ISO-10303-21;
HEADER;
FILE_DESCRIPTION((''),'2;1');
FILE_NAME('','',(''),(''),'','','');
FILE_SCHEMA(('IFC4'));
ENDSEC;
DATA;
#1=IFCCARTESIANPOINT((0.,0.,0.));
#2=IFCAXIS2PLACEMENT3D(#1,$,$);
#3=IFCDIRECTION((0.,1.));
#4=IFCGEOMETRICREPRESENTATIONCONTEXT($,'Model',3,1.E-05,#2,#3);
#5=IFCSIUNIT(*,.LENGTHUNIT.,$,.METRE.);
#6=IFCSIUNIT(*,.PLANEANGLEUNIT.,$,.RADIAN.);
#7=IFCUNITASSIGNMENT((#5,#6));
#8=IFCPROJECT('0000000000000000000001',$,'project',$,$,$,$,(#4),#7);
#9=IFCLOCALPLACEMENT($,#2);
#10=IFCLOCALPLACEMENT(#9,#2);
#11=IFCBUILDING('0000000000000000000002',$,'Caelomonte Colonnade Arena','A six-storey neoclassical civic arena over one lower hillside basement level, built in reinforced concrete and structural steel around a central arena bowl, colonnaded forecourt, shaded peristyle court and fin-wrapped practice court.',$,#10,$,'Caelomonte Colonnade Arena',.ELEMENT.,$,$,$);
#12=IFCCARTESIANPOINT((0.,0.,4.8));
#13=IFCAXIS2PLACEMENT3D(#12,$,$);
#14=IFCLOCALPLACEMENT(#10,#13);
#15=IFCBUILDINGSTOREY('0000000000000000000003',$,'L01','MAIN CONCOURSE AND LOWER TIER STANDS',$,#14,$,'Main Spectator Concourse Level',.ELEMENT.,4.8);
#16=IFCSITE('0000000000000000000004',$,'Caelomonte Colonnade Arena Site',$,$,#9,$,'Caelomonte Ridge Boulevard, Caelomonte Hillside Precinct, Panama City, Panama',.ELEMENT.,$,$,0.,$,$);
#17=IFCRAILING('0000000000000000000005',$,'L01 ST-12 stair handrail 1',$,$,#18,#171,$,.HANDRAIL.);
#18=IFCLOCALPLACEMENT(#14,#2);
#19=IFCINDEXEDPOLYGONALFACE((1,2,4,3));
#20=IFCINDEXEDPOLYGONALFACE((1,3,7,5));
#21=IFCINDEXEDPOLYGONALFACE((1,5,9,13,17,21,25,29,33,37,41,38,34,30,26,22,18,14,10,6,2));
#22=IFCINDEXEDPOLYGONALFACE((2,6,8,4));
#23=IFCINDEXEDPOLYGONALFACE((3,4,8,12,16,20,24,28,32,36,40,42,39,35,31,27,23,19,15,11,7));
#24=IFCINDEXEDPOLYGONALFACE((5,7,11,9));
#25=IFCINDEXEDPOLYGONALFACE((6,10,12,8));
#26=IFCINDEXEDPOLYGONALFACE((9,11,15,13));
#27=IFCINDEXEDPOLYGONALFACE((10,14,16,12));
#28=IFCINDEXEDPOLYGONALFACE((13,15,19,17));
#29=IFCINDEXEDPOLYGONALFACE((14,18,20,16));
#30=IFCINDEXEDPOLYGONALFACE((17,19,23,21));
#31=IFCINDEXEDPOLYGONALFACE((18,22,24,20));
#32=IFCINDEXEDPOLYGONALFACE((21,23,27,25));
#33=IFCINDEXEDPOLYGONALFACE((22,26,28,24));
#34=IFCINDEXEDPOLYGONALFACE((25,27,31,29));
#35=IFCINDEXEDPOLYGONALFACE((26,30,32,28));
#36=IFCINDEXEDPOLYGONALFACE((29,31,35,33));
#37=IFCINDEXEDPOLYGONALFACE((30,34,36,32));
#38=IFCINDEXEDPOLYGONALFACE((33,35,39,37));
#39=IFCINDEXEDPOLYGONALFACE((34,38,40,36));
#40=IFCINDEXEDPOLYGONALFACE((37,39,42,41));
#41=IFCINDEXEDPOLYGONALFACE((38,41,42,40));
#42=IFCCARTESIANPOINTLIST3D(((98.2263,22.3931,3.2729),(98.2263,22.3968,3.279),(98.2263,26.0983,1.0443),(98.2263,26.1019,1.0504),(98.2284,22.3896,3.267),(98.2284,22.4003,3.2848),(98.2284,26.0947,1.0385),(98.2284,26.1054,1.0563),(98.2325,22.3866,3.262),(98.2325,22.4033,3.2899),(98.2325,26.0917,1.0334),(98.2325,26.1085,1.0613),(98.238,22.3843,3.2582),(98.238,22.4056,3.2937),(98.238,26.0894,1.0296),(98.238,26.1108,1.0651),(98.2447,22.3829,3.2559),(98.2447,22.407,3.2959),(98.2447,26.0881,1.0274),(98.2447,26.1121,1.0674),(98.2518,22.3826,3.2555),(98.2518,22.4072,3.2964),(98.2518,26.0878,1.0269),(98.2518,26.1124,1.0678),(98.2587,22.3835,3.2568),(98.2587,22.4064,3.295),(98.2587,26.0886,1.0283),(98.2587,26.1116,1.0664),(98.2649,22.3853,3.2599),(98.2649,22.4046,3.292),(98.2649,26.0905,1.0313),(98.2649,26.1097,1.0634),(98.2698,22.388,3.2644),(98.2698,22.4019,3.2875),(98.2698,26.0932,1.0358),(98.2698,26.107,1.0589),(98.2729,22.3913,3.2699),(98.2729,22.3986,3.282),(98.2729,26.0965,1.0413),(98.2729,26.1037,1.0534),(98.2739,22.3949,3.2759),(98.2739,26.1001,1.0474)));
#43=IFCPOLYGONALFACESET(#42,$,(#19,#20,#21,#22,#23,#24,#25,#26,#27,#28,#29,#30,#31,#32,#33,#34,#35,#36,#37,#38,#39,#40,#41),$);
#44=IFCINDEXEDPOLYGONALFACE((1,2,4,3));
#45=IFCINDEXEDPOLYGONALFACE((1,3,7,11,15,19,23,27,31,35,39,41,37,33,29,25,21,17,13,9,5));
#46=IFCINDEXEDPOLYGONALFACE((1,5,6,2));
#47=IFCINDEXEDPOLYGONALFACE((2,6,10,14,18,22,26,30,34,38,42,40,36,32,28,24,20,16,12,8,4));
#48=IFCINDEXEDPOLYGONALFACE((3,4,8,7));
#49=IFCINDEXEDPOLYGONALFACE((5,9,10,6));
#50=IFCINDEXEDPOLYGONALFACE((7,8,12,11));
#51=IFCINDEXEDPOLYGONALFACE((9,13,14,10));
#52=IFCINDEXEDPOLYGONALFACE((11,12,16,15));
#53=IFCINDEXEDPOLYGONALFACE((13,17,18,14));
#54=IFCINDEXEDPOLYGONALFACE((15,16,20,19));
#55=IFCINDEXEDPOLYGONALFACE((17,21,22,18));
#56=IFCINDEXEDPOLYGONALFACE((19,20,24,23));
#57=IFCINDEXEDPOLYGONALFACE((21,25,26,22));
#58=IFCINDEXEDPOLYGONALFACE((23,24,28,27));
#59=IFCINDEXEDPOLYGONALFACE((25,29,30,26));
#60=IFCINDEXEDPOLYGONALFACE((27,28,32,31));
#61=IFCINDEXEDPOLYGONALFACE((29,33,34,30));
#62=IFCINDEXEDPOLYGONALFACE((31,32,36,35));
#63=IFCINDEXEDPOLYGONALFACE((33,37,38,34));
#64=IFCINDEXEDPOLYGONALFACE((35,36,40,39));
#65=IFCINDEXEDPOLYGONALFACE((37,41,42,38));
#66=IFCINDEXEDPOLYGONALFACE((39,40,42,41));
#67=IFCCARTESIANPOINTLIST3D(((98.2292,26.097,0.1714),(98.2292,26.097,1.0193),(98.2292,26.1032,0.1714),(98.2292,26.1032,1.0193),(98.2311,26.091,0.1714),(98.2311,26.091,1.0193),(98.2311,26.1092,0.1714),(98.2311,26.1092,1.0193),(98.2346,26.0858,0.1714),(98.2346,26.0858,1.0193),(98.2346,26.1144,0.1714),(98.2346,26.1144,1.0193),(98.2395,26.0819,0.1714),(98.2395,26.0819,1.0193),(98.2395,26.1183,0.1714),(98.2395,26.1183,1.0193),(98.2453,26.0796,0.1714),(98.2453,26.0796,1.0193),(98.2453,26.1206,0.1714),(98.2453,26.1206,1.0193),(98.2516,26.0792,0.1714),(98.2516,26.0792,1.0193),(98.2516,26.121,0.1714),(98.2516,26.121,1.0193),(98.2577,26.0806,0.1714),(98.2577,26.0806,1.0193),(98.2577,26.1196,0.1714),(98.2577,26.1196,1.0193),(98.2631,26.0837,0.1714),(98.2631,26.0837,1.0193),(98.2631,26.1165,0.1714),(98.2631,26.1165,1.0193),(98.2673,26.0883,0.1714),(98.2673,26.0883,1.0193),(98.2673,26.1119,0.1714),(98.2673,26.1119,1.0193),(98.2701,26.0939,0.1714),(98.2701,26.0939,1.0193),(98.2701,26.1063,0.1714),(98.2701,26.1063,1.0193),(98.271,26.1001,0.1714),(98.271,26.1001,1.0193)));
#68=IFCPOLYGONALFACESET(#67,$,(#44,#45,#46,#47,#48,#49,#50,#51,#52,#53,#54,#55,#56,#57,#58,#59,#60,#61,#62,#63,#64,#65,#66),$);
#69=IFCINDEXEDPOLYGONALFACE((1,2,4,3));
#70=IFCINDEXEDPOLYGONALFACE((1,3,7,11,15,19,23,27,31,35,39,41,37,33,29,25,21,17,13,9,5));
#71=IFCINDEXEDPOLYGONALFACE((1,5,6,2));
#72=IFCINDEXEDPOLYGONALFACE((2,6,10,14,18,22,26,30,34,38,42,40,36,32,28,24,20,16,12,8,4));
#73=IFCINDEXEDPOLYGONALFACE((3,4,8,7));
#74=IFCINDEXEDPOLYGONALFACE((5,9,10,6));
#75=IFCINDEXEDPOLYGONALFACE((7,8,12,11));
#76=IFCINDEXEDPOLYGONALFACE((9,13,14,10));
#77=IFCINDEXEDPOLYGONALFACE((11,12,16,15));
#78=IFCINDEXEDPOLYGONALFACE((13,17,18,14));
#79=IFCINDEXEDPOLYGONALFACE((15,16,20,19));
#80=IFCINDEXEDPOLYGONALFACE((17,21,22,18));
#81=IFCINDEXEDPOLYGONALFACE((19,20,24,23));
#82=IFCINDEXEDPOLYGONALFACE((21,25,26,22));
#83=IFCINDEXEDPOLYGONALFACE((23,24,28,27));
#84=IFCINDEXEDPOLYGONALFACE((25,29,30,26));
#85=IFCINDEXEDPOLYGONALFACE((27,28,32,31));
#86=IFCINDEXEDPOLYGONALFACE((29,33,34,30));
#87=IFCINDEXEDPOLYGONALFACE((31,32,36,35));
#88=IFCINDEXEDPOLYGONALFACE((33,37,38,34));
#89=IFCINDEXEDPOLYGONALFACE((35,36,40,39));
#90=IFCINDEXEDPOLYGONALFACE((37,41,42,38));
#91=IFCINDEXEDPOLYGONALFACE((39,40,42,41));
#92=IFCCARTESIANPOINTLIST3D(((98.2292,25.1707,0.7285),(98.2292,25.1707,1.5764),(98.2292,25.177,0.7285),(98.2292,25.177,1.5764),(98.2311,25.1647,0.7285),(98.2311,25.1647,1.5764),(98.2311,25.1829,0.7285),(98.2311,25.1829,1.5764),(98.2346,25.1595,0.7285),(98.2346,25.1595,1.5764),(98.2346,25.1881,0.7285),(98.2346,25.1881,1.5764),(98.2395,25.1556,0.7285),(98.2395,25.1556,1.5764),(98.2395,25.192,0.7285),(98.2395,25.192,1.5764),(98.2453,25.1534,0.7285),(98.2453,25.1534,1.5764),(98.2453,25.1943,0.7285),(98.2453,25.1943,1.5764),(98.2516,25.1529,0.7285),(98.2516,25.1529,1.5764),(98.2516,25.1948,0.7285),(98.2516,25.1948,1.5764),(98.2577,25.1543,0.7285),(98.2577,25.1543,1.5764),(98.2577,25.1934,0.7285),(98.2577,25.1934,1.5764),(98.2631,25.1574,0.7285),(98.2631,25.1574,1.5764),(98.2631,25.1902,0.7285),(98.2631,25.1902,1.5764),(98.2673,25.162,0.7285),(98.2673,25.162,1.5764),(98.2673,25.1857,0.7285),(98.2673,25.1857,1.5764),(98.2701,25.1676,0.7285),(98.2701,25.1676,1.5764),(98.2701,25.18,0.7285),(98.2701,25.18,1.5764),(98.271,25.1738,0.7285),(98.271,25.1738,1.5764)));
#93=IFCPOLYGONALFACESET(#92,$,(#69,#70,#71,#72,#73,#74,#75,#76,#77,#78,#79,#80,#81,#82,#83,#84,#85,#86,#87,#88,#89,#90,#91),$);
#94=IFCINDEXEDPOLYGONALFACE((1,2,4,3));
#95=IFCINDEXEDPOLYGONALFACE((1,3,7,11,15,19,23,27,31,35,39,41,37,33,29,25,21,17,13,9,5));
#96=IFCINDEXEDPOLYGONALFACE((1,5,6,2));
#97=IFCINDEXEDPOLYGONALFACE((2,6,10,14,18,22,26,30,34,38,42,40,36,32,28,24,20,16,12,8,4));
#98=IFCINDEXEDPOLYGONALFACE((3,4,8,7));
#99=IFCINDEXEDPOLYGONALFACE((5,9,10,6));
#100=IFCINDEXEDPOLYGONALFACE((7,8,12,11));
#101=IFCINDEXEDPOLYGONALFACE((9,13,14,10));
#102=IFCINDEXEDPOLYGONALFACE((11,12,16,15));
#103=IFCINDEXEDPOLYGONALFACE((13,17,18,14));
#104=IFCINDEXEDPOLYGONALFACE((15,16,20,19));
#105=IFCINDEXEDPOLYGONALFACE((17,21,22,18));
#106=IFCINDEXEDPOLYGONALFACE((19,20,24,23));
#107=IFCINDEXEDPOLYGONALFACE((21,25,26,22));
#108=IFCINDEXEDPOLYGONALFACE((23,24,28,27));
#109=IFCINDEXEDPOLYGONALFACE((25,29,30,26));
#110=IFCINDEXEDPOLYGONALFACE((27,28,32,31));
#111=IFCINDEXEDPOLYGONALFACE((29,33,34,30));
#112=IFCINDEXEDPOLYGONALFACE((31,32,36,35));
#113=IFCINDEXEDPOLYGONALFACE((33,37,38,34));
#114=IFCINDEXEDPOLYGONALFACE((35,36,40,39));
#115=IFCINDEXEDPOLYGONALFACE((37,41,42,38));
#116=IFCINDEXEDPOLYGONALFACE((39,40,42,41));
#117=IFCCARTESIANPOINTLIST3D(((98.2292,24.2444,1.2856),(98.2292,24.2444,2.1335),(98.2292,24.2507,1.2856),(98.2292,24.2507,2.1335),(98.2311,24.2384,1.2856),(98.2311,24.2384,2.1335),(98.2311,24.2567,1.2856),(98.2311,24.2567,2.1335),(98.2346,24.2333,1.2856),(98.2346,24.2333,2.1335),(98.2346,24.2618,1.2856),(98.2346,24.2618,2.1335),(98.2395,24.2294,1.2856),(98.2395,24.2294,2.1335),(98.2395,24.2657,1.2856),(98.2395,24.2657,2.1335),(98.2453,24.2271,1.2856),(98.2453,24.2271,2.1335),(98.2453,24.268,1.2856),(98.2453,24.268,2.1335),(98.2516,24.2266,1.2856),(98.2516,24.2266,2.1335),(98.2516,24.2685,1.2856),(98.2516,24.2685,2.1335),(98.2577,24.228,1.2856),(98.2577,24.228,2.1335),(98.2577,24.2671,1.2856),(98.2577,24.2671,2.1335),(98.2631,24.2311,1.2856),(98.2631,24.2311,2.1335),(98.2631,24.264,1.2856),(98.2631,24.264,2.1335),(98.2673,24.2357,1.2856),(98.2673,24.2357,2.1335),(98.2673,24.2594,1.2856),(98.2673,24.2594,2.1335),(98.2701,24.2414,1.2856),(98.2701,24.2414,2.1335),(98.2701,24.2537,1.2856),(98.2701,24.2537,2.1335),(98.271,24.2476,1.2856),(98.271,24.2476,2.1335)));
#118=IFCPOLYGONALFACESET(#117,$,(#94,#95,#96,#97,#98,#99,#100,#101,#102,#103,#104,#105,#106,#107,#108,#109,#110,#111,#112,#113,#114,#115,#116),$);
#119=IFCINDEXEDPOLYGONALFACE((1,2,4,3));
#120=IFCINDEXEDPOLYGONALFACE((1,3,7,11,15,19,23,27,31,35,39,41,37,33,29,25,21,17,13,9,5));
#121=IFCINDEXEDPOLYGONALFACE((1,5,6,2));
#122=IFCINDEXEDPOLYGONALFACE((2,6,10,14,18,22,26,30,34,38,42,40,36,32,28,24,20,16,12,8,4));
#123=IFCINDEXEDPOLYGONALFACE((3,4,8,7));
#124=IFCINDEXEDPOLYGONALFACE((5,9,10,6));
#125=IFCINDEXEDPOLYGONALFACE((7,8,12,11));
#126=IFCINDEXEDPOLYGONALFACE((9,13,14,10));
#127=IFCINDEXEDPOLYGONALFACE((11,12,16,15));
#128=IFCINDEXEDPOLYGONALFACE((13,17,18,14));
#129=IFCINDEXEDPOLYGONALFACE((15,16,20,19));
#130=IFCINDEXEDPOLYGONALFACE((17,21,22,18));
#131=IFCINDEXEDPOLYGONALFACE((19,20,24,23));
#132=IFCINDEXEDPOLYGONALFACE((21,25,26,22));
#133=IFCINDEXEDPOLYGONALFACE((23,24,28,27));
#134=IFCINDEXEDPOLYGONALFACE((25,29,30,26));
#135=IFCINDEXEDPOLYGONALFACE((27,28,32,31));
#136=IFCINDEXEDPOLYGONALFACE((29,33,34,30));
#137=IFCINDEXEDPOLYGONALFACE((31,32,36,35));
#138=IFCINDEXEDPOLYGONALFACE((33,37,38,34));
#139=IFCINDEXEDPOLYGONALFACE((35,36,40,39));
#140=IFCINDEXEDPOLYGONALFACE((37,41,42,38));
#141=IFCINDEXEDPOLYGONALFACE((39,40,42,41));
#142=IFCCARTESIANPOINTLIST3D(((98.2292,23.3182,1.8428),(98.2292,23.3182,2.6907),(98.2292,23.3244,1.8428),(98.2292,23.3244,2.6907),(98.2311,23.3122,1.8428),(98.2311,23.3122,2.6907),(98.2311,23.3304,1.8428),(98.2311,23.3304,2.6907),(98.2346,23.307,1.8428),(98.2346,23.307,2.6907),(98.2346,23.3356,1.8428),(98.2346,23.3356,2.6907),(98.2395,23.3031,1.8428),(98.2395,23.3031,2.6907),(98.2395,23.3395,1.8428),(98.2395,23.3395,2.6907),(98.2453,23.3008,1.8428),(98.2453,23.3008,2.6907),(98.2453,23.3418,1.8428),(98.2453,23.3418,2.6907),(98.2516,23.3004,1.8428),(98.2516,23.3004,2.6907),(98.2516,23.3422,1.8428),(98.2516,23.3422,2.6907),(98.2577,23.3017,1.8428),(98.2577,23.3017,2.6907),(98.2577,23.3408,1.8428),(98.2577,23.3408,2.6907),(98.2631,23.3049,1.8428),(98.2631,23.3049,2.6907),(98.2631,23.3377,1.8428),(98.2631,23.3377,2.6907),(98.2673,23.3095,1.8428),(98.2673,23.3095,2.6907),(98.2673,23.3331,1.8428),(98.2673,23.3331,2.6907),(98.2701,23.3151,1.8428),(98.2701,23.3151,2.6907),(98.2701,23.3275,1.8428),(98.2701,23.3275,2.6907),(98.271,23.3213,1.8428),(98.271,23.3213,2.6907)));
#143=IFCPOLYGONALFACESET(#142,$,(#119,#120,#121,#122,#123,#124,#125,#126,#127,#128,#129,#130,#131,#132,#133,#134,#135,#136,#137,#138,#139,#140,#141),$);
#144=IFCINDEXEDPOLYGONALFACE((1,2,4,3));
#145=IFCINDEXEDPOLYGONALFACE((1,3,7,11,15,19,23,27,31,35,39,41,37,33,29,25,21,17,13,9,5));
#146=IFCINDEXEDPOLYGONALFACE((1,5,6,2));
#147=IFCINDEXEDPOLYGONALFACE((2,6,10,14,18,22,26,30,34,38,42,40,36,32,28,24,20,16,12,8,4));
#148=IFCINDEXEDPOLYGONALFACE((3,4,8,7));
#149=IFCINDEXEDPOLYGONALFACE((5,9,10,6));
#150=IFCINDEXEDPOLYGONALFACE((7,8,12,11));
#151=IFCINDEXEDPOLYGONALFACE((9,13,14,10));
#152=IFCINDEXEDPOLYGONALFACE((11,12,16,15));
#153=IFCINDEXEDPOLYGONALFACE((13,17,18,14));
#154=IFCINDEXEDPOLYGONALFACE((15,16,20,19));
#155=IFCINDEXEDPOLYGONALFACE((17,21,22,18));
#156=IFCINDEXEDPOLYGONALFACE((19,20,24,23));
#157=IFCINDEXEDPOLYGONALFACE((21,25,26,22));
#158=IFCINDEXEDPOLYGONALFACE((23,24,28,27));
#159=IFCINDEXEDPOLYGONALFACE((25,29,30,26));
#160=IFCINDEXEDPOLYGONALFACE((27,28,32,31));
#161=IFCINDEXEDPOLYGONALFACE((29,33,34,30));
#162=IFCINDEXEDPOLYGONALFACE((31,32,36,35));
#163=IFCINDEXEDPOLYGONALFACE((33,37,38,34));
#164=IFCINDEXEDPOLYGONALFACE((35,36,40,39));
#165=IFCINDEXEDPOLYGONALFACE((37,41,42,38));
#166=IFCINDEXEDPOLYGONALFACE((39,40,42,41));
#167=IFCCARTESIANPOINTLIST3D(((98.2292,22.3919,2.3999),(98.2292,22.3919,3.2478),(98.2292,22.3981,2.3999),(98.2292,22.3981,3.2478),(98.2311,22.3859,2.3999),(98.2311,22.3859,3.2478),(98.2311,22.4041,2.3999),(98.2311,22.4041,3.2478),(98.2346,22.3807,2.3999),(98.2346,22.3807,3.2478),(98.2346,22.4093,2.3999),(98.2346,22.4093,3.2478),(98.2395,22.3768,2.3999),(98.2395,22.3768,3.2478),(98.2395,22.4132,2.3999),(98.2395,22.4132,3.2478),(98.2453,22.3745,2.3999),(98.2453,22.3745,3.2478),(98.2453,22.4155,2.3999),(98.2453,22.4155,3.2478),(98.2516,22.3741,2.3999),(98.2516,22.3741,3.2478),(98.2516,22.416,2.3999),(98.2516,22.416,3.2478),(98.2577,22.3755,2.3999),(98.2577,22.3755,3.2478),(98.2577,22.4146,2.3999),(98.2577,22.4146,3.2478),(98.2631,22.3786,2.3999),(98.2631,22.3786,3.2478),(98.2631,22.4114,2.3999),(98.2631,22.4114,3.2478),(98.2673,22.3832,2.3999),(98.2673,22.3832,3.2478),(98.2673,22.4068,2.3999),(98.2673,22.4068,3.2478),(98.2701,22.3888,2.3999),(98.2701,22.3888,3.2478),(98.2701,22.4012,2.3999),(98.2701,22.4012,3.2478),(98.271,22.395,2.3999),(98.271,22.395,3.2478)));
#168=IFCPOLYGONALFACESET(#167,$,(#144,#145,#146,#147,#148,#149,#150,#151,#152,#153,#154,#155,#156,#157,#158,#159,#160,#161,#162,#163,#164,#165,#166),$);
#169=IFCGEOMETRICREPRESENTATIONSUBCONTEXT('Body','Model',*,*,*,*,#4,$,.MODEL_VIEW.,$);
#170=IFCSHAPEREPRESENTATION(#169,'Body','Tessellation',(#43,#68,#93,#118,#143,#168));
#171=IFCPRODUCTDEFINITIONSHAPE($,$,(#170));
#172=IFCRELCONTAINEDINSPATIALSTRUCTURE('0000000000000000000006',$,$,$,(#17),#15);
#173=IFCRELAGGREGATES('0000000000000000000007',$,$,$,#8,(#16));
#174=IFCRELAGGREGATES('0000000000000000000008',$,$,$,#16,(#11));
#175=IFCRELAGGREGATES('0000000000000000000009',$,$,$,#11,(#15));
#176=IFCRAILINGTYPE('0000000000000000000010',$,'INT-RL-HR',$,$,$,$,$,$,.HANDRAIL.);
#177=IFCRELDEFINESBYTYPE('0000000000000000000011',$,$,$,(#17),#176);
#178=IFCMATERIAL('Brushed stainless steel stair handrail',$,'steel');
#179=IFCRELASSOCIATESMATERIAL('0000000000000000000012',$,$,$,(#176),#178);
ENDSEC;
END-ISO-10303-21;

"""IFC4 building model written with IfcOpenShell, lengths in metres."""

from ifc_helpers import new_model, si_unit, direction, frame, origin, origin_2d, place, context, subcontext, project, spatial, circle, extrude, material, type_object, element, save


model = new_model("IFC4")

# Units and contexts
model_context = context("Model", 3, precision=1e-05, world=origin(), true_north=direction((0.0, 1.0)))
body_context = subcontext(model_context, "Body", "Model", "MODEL_VIEW")
ifc_project = project(units=[si_unit("LENGTHUNIT", "METRE"), si_unit("PLANEANGLEUNIT", "RADIAN")], contexts=[model_context])

# Site, building, storey
site_placement = place(None, origin())
site = spatial("IfcSite", under=ifc_project, at=site_placement, Name="Caelomonte Colonnade Arena Site", LongName="Caelomonte Ridge Boulevard, Caelomonte Hillside Precinct, Panama City, Panama", CompositionType="ELEMENT", RefElevation=0.0)
building_placement = place(site_placement, origin())
building = spatial("IfcBuilding", under=site, at=building_placement, Name="Caelomonte Colonnade Arena", Description="A six-storey neoclassical civic arena over one lower hillside basement level, built in reinforced concrete and structural steel around a central arena bowl, colonnaded forecourt, shaded peristyle court and fin-wrapped practice court.", LongName="Caelomonte Colonnade Arena", CompositionType="ELEMENT")
storey_placement = place(building_placement, frame((0.0, 0.0, 4.8)))
storey = spatial("IfcBuildingStorey", under=building, at=storey_placement, Name="L01", Description="MAIN CONCOURSE AND LOWER TIER STANDS", LongName="Main Spectator Concourse Level", CompositionType="ELEMENT", Elevation=4.8)

# Railing
ifc_material_1 = material(Name="Brushed stainless steel stair handrail", Category="steel")
railing_type_1 = type_object("IfcRailingType", Name="INT-RL-HR", PredefinedType="HANDRAIL", material=ifc_material_1)
railing_1_placement = place(storey_placement, frame((98.25, 26.1001, 0.1714)))
element("IfcRailing", 1, at=railing_1_placement, inside=storey, type_object=railing_type_1, Name="L01 ST-12 stair handrail 1", PredefinedType="HANDRAIL", context=body_context, shape_type="SweptSolid", body=[
    extrude(circle(Radius=0.0239, at=origin_2d()), frame((0.0, 0.0, 0.876), z_axis=(0.0, -0.856934, 0.515425), x_axis=(1.0, 0.0, 0.0)), (0.0, 0.0, 1.0), 4.3237),
    extrude(circle(Radius=0.021, at=origin_2d()), origin(), (0.0, 0.0, 1.0), 0.8479),
    extrude(circle(Radius=0.021, at=origin_2d()), frame((0.0, -0.9263, 0.5571)), (0.0, 0.0, 1.0), 0.8479),
    extrude(circle(Radius=0.021, at=origin_2d()), frame((0.0, -1.8525, 1.1143)), (0.0, 0.0, 1.0), 0.8479),
    extrude(circle(Radius=0.021, at=origin_2d()), frame((0.0, -2.7788, 1.6714)), (0.0, 0.0, 1.0), 0.8479),
    extrude(circle(Radius=0.021, at=origin_2d()), frame((0.0, -3.7051, 2.2285)), (0.0, 0.0, 1.0), 0.8479),
])

save(model, "model.ifc")
